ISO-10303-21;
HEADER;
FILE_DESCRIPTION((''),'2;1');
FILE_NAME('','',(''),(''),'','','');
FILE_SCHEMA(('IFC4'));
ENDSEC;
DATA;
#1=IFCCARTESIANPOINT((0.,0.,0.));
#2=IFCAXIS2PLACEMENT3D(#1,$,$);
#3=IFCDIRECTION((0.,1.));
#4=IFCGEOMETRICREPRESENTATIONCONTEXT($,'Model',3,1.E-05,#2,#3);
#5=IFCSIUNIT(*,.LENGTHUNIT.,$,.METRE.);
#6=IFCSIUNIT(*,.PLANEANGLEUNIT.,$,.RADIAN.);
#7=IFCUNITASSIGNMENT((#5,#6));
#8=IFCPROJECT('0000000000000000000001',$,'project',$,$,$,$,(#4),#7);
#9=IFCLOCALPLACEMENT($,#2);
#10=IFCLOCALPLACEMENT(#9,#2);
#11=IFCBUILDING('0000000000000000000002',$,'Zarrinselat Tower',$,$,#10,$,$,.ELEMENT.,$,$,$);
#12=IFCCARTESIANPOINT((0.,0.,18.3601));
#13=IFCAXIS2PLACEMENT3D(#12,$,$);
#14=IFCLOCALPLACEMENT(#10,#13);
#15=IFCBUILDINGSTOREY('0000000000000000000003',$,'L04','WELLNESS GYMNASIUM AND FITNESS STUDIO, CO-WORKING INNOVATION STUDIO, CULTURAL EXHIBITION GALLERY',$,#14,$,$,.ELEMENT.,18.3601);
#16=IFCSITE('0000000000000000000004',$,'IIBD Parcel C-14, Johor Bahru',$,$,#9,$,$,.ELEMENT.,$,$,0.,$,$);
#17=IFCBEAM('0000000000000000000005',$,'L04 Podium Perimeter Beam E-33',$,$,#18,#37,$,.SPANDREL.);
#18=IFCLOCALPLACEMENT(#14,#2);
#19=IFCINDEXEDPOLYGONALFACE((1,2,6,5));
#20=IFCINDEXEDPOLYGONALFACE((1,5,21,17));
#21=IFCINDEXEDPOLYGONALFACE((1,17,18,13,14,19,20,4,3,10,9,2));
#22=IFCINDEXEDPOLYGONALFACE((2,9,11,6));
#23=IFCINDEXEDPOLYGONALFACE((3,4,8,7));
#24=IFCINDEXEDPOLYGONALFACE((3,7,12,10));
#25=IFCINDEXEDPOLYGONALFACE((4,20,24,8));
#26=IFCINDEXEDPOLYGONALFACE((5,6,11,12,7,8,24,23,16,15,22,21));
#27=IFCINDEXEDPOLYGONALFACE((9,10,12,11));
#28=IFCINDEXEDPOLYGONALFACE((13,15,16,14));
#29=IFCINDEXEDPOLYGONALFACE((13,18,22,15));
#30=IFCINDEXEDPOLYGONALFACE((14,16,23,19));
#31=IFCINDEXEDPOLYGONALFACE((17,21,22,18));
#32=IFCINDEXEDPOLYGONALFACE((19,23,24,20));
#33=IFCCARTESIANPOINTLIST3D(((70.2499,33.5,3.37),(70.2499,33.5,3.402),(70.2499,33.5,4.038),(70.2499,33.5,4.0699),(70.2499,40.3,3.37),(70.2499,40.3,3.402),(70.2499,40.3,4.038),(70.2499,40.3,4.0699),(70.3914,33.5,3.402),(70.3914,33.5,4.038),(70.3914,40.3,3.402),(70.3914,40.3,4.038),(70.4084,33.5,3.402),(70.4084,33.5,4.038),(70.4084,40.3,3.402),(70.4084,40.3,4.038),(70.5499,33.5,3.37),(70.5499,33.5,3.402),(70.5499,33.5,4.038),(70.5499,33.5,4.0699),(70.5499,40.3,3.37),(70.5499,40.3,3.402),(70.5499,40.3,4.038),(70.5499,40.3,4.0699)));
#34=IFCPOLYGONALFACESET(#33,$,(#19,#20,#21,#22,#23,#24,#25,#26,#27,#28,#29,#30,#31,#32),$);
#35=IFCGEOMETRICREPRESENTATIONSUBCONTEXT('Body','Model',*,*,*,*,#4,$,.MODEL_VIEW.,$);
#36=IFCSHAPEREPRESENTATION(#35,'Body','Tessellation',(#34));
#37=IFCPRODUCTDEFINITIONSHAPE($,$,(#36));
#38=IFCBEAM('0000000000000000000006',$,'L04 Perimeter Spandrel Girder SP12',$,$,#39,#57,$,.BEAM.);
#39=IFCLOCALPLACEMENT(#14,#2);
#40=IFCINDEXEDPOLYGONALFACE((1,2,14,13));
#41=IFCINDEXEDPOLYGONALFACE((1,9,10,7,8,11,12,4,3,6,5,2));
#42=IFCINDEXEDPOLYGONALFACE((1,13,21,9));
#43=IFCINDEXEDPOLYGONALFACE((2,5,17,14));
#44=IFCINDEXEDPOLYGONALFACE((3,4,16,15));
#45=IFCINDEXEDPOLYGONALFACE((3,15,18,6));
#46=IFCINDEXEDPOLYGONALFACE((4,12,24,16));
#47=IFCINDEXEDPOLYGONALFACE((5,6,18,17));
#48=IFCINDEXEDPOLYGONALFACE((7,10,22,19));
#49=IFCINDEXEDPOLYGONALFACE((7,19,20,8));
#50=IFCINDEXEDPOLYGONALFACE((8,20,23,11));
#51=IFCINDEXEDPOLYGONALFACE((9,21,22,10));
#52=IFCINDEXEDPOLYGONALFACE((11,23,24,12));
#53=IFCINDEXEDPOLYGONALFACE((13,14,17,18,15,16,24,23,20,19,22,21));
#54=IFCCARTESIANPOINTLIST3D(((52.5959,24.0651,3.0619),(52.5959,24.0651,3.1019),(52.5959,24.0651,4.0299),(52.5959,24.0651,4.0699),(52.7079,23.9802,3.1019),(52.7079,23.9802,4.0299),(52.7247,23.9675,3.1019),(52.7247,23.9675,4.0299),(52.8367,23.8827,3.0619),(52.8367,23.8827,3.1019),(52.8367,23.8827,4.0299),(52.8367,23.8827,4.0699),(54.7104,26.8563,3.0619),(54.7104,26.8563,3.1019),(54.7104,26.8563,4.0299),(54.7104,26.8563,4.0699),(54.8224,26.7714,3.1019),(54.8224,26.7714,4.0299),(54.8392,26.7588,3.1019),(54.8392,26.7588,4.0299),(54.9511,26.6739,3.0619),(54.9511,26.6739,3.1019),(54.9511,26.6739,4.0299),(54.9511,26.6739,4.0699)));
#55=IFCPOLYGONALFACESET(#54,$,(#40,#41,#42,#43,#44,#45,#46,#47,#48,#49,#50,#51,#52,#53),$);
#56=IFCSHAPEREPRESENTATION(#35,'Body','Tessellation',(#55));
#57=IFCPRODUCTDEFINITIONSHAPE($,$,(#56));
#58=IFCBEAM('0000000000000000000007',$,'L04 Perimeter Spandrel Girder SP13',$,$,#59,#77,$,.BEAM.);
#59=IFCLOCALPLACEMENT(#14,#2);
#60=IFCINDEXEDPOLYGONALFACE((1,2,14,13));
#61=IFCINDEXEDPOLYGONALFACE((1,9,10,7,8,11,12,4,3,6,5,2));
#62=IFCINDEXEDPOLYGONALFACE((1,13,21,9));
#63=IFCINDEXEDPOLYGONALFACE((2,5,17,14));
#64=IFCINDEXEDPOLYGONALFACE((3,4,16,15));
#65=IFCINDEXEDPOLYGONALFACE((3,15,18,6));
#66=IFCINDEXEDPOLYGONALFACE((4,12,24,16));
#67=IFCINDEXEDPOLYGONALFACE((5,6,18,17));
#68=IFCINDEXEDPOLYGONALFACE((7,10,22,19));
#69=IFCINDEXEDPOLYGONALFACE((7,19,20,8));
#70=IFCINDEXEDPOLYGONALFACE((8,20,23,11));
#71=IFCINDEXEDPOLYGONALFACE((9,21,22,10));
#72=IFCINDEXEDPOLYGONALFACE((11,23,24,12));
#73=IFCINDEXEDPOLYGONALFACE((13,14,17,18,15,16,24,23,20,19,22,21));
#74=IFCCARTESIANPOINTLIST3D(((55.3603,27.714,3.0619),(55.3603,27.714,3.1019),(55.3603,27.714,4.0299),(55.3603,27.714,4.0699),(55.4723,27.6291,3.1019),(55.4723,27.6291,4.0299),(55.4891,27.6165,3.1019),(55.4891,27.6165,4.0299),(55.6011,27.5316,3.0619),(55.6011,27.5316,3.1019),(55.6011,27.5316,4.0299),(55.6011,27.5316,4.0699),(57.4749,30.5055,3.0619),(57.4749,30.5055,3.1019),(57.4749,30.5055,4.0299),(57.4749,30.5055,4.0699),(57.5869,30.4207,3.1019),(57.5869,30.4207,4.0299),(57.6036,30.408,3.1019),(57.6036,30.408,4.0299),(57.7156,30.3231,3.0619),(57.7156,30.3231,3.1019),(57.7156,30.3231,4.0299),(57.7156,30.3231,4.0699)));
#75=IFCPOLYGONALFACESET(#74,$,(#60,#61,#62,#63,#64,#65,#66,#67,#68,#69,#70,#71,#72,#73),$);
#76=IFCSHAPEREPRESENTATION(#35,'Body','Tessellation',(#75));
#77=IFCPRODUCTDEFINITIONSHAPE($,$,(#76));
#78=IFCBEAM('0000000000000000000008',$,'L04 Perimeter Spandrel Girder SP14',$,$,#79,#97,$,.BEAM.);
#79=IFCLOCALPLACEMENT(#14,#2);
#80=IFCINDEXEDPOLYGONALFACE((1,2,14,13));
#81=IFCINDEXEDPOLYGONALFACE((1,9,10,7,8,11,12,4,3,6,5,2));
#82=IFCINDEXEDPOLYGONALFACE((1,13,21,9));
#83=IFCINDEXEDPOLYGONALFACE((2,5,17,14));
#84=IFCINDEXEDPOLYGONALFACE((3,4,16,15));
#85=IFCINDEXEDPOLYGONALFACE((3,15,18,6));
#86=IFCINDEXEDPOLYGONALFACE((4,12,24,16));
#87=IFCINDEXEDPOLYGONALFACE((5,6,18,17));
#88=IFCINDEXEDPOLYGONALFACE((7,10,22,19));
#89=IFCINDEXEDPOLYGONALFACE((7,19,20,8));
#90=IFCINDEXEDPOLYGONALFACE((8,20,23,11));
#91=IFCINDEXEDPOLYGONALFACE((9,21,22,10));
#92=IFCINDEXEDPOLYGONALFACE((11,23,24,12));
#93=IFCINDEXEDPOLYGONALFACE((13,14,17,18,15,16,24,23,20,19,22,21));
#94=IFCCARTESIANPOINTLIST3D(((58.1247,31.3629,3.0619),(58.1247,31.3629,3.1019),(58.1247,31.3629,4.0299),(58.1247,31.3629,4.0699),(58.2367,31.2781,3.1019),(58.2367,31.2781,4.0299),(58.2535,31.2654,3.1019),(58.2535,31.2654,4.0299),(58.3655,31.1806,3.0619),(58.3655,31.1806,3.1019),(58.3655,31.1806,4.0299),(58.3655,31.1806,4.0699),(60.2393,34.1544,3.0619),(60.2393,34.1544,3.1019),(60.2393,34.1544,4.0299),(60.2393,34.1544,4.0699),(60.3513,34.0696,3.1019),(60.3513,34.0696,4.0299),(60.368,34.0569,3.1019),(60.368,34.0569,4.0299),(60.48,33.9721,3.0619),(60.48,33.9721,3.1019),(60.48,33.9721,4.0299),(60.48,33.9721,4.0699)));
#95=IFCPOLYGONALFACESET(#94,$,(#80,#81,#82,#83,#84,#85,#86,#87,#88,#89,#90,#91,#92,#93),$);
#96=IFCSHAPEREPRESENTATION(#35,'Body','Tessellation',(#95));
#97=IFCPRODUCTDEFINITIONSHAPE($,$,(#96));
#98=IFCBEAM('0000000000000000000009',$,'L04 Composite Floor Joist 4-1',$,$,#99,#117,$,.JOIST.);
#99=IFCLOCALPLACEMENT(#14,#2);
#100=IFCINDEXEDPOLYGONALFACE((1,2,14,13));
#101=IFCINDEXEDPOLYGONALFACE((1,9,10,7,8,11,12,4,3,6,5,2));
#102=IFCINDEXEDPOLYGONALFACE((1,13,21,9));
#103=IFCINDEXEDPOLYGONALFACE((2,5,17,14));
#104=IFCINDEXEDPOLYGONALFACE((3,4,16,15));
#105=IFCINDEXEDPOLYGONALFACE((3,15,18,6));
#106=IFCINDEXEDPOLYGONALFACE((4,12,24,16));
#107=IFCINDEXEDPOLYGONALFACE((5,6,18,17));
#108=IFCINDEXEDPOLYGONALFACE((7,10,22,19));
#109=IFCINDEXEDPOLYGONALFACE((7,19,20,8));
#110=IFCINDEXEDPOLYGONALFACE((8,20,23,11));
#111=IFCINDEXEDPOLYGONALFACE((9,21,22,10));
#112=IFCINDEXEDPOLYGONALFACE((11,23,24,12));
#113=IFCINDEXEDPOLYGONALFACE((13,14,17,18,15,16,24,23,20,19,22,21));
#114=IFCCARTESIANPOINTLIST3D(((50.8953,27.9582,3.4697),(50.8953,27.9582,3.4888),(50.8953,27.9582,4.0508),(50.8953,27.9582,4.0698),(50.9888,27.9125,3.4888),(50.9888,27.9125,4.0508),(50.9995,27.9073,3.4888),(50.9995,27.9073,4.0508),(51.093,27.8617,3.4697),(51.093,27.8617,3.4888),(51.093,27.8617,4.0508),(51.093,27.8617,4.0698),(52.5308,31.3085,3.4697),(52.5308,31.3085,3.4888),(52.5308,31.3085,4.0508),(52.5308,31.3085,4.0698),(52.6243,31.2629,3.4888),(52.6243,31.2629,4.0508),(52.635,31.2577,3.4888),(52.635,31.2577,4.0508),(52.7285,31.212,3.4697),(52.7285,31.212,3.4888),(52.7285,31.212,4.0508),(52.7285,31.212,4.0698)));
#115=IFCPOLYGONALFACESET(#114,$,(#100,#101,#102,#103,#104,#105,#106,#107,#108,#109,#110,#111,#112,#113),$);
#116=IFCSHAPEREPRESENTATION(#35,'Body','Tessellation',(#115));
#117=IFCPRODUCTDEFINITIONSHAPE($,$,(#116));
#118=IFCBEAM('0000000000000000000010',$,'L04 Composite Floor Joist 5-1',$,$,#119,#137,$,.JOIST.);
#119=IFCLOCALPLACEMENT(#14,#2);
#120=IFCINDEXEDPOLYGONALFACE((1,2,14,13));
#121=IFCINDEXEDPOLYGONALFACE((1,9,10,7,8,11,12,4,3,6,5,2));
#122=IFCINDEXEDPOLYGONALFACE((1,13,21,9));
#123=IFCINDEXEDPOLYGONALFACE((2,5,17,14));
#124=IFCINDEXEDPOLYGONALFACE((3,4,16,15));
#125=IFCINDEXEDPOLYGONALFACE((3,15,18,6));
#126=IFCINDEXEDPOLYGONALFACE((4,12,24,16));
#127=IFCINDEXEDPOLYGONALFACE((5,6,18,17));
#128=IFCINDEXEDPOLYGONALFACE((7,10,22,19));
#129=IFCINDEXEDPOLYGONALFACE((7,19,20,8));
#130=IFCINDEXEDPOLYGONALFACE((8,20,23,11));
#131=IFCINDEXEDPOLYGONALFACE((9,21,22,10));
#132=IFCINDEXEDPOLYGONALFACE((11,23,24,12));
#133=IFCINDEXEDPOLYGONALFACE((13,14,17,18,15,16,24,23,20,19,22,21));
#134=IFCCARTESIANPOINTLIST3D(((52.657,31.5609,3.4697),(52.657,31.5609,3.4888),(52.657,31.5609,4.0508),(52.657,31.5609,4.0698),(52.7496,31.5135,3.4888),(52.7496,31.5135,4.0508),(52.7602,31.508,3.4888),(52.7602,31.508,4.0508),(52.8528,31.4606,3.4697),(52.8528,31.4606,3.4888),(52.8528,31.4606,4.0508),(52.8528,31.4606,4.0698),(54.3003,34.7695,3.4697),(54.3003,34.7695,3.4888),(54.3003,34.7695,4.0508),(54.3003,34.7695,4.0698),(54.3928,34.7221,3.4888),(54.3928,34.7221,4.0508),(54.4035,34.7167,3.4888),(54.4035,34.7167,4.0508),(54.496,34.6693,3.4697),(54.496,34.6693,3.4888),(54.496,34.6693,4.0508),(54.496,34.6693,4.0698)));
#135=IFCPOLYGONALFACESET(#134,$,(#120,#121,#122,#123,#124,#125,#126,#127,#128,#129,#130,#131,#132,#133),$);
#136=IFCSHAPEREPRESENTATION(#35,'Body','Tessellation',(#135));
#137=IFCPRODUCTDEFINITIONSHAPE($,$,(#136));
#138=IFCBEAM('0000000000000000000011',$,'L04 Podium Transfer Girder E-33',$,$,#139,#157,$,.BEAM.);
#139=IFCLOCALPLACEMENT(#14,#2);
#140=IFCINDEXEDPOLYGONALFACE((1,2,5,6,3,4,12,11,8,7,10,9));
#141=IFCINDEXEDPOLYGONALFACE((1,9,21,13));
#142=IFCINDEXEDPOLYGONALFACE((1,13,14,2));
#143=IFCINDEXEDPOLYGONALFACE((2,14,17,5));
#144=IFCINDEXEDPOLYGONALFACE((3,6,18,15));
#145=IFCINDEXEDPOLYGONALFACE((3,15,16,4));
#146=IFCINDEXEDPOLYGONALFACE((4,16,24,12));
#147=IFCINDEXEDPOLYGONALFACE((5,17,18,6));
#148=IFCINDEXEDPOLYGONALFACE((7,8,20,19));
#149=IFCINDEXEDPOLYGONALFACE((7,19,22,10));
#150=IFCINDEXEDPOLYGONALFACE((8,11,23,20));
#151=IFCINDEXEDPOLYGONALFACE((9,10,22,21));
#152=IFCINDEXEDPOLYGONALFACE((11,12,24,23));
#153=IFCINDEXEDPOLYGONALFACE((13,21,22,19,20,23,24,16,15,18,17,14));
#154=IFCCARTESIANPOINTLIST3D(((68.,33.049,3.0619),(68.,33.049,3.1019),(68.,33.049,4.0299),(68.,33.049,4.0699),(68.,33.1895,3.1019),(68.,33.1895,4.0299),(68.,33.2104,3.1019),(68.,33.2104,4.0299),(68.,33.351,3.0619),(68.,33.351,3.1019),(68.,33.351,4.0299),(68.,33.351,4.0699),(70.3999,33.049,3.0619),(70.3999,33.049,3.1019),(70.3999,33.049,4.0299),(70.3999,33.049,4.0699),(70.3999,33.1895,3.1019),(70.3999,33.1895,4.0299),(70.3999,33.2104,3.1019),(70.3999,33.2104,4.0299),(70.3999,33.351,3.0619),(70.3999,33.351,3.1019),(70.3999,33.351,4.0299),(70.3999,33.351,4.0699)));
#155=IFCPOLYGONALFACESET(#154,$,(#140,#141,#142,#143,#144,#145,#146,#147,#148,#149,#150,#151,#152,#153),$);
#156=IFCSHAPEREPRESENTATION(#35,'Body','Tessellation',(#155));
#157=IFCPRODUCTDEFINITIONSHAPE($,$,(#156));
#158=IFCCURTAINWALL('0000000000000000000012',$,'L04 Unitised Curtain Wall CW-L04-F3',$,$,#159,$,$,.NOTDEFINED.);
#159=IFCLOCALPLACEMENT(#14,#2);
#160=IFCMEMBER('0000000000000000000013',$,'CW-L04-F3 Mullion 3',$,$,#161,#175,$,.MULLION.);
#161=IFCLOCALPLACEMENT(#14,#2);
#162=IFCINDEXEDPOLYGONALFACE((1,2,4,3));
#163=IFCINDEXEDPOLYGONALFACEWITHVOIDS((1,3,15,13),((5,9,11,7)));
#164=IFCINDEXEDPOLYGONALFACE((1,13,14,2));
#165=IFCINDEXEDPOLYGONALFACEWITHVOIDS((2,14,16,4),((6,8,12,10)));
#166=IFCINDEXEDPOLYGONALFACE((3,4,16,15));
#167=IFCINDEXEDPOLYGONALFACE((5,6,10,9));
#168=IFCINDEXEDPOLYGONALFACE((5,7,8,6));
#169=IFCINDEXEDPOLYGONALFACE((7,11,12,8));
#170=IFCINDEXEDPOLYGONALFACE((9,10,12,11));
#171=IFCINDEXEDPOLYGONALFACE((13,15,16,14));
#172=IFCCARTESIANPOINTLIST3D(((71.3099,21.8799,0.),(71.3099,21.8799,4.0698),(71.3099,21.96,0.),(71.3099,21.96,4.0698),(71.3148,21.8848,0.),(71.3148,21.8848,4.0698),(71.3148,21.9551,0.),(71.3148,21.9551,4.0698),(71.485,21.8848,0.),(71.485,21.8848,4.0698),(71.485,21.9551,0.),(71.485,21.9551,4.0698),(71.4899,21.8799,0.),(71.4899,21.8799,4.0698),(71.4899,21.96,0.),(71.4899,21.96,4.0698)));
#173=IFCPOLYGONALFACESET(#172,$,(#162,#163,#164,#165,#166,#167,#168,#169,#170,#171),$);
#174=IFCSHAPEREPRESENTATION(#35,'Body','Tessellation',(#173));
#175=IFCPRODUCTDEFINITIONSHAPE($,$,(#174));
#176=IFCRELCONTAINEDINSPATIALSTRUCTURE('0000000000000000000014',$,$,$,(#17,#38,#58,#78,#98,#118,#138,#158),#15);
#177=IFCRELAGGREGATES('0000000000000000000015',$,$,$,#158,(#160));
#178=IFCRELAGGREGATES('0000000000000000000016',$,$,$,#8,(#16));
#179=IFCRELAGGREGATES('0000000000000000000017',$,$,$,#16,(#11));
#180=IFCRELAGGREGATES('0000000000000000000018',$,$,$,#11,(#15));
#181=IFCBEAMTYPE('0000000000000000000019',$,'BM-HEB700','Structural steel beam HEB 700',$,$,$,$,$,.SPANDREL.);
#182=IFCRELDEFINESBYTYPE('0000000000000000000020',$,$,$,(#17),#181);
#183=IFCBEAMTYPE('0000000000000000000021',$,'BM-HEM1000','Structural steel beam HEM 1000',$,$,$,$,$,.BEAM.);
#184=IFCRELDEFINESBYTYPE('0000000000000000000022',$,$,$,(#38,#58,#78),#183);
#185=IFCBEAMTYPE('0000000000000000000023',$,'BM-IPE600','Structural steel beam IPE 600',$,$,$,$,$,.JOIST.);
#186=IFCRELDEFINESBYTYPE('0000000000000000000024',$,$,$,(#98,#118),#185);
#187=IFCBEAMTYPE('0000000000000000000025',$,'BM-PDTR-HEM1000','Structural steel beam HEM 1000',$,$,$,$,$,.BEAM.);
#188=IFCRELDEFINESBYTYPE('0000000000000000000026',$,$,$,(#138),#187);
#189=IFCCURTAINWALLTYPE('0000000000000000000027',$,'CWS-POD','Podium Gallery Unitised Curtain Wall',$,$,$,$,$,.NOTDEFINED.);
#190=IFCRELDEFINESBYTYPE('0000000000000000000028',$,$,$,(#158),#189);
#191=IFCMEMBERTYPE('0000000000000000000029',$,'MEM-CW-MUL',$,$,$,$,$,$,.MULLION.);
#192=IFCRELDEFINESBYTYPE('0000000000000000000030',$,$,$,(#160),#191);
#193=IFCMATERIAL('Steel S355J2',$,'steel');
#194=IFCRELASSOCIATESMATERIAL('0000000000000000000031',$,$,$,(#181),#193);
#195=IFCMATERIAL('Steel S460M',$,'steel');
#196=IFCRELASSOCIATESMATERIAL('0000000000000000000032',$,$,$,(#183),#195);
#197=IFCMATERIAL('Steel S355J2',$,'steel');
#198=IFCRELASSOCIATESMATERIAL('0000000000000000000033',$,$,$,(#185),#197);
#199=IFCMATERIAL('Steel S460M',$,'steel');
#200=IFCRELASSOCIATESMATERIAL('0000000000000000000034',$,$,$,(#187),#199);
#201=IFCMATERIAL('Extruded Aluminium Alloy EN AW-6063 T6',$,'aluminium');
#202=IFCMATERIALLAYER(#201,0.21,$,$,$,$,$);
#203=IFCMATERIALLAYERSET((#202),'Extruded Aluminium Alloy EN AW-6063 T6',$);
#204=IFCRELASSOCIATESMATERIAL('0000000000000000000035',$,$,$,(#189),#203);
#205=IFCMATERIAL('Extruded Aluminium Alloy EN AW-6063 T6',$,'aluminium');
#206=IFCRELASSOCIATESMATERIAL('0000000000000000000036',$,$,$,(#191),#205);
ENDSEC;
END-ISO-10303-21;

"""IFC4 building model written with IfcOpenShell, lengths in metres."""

from ifc_helpers import new_model, si_unit, direction, frame, origin, origin_2d, place, context, subcontext, project, spatial, hollow_rectangle, i_section, extrude, material, layer, layer_set, material_profile, profile_set, type_object, element, aggregate, save


model = new_model("IFC4")

# Units and contexts
model_context = context("Model", 3, precision=1e-05, world=origin(), true_north=direction((0.0, 1.0)))
body_context = subcontext(model_context, "Body", "Model", "MODEL_VIEW")
ifc_project = project(units=[si_unit("LENGTHUNIT", "METRE"), si_unit("PLANEANGLEUNIT", "RADIAN")], contexts=[model_context])

# Site, building, storey
site_placement = place(None, origin())
site = spatial("IfcSite", under=ifc_project, at=site_placement, Name="IIBD Parcel C-14, Johor Bahru", CompositionType="ELEMENT", RefElevation=0.0)
building_placement = place(site_placement, origin())
building = spatial("IfcBuilding", under=site, at=building_placement, Name="Zarrinselat Tower", CompositionType="ELEMENT")
storey_placement = place(building_placement, frame((0.0, 0.0, 18.3601)))
storey = spatial("IfcBuildingStorey", under=building, at=storey_placement, Name="L04", Description="WELLNESS GYMNASIUM AND FITNESS STUDIO, CO-WORKING INNOVATION STUDIO, CULTURAL EXHIBITION GALLERY", CompositionType="ELEMENT", Elevation=18.3601)

# Beams
ifc_material_1 = material(Name="Steel S355J2", Category="steel")
ifc_material_profile_1 = material_profile(ifc_material_1, i_section(OverallWidth=0.3, OverallDepth=0.7, WebThickness=0.0171, FlangeThickness=0.032, at=origin_2d()), Name="HEB 700")
ifc_profile_set_1 = profile_set([ifc_material_profile_1], Name="Steel S355J2")
beam_type_1 = type_object("IfcBeamType", Name="BM-HEB700", Description="Structural steel beam HEB 700", PredefinedType="SPANDREL", material=ifc_profile_set_1)
beam_1_placement = place(storey_placement, frame((70.3999, 33.5, 3.72), z_axis=(0.0, 1.0, 0.0), x_axis=(-1.0, 0.0, 0.0)))
element("IfcBeam", 1, at=beam_1_placement, inside=storey, type_object=beam_type_1, Name="L04 Podium Perimeter Beam E-33", PredefinedType="SPANDREL", context=body_context, shape_type="SweptSolid", body=[
    extrude(i_section(OverallWidth=0.3, OverallDepth=0.7, WebThickness=0.0171, FlangeThickness=0.032, at=origin_2d()), origin(), (0.0, 0.0, 1.0), 6.8),
])
ifc_material_2 = material(Name="Steel S460M", Category="steel")
ifc_material_profile_2 = material_profile(ifc_material_2, i_section(OverallWidth=0.302, OverallDepth=1.0081, WebThickness=0.021, FlangeThickness=0.04, at=origin_2d()), Name="HEM 1000")
ifc_profile_set_2 = profile_set([ifc_material_profile_2], Name="Steel S460M")
beam_type_2 = type_object("IfcBeamType", Name="BM-HEM1000", Description="Structural steel beam HEM 1000", PredefinedType="BEAM", material=ifc_profile_set_2)
beam_2_placement = place(storey_placement, frame((52.7163, 23.9739, 3.5659), z_axis=(0.603842, 0.797104, 0.0), x_axis=(-0.797104, 0.603842, 0.0)))
element("IfcBeam", 2, at=beam_2_placement, inside=storey, type_object=beam_type_2, Name="L04 Perimeter Spandrel Girder SP12", PredefinedType="BEAM", context=body_context, shape_type="SweptSolid", body=[
    extrude(i_section(OverallWidth=0.302, OverallDepth=1.0081, WebThickness=0.021, FlangeThickness=0.04, at=origin_2d()), origin(), (0.0, 0.0, 1.0), 3.5017),
])
for number, where, z_axis, x_axis, name in (
    (3, (55.4807, 27.6228, 3.5659), (0.603808, 0.79713, 0.0), (-0.79713, 0.603808, 0.0), "L04 Perimeter Spandrel Girder SP13"),
    (4, (58.2451, 31.2717, 3.5659), (0.603808, 0.79713, 0.0), (-0.79713, 0.603808, 0.0), "L04 Perimeter Spandrel Girder SP14"),
):
    element("IfcBeam", number, at=place(storey_placement, frame(where, z_axis=z_axis, x_axis=x_axis)), inside=storey, type_object=beam_type_2, Name=name, PredefinedType="BEAM", context=body_context, shape_type="SweptSolid", body=[
        extrude(i_section(OverallWidth=0.302, OverallDepth=1.0081, WebThickness=0.021, FlangeThickness=0.04, at=origin_2d()), origin(), (0.0, 0.0, 1.0), 3.502),
    ])
ifc_material_3 = material(Name="Steel S355J2", Category="steel")
ifc_material_profile_3 = material_profile(ifc_material_3, i_section(OverallWidth=0.22, OverallDepth=0.6001, WebThickness=0.012, FlangeThickness=0.019, at=origin_2d()), Name="IPE 600")
ifc_profile_set_3 = profile_set([ifc_material_profile_3], Name="Steel S355J2")
beam_type_3 = type_object("IfcBeamType", Name="BM-IPE600", Description="Structural steel beam IPE 600", PredefinedType="JOIST", material=ifc_profile_set_3)
beam_3_placement = place(storey_placement, frame((50.9941, 27.9099, 3.7698), z_axis=(0.43868, 0.898643, 0.0), x_axis=(-0.898643, 0.43868, 0.0)))
element("IfcBeam", 5, at=beam_3_placement, inside=storey, type_object=beam_type_3, Name="L04 Composite Floor Joist 4-1", PredefinedType="JOIST", context=body_context, shape_type="SweptSolid", body=[
    extrude(i_section(OverallWidth=0.22, OverallDepth=0.6001, WebThickness=0.012, FlangeThickness=0.019, at=origin_2d()), origin(), (0.0, 0.0, 1.0), 3.7283),
])
beam_4_placement = place(storey_placement, frame((52.7549, 31.5107, 3.7698), z_axis=(0.455834, 0.890065, 0.0), x_axis=(-0.890065, 0.455834, 0.0)))
element("IfcBeam", 6, at=beam_4_placement, inside=storey, type_object=beam_type_3, Name="L04 Composite Floor Joist 5-1", PredefinedType="JOIST", context=body_context, shape_type="SweptSolid", body=[
    extrude(i_section(OverallWidth=0.22, OverallDepth=0.6001, WebThickness=0.012, FlangeThickness=0.019, at=origin_2d()), origin(), (0.0, 0.0, 1.0), 3.605),
])
ifc_material_4 = material(Name="Steel S460M", Category="steel")
ifc_material_profile_4 = material_profile(ifc_material_4, i_section(OverallWidth=0.302, OverallDepth=1.0081, WebThickness=0.021, FlangeThickness=0.04, at=origin_2d()), Name="HEM 1000")
ifc_profile_set_4 = profile_set([ifc_material_profile_4], Name="Steel S460M")
beam_type_4 = type_object("IfcBeamType", Name="BM-PDTR-HEM1000", Description="Structural steel beam HEM 1000", PredefinedType="BEAM", material=ifc_profile_set_4)
beam_5_placement = place(storey_placement, frame((68.0, 33.2, 3.5659), z_axis=(1.0, 0.0, 0.0), x_axis=(0.0, 1.0, 0.0)))
element("IfcBeam", 7, at=beam_5_placement, inside=storey, type_object=beam_type_4, Name="L04 Podium Transfer Girder E-33", PredefinedType="BEAM", context=body_context, shape_type="SweptSolid", body=[
    extrude(i_section(OverallWidth=0.302, OverallDepth=1.0081, WebThickness=0.021, FlangeThickness=0.04, at=origin_2d()), origin(), (0.0, 0.0, 1.0), 2.3999),
])

# Curtain wall, member
ifc_material_5 = material(Name="Extruded Aluminium Alloy EN AW-6063 T6", Category="aluminium")
ifc_layer_1 = layer(ifc_material_5, 0.21)
ifc_layer_set_1 = layer_set([ifc_layer_1], Name="Extruded Aluminium Alloy EN AW-6063 T6")
curtain_wall_type = type_object("IfcCurtainWallType", Name="CWS-POD", Description="Podium Gallery Unitised Curtain Wall", PredefinedType="NOTDEFINED", material=ifc_layer_set_1)
curtain_wall_placement = place(storey_placement, origin())
curtain_wall = element("IfcCurtainWall", 8, at=curtain_wall_placement, inside=storey, type_object=curtain_wall_type, Name="L04 Unitised Curtain Wall CW-L04-F3", PredefinedType="NOTDEFINED")
ifc_material_6 = material(Name="Extruded Aluminium Alloy EN AW-6063 T6", Category="aluminium")
ifc_material_profile_5 = material_profile(ifc_material_6, hollow_rectangle(XDim=0.0801, YDim=0.1799, WallThickness=0.0049, at=origin_2d()), Name="RHS 180x80x5")
ifc_profile_set_5 = profile_set([ifc_material_profile_5], Name="Extruded Aluminium Alloy EN AW-6063 T6")
member_type = type_object("IfcMemberType", Name="MEM-CW-MUL", PredefinedType="MULLION", material=ifc_profile_set_5)
member_1_placement = place(storey_placement, frame((71.3999, 21.9199, 0.0), z_axis=(0.0, 0.0, 1.0), x_axis=(0.0, 1.0, 0.0)))
member_1 = element("IfcMember", 9, at=member_1_placement, type_object=member_type, Name="CW-L04-F3 Mullion 3", PredefinedType="MULLION", context=body_context, shape_type="SweptSolid", body=[
    extrude(hollow_rectangle(XDim=0.0801, YDim=0.1799, WallThickness=0.0049, at=origin_2d()), origin(), (0.0, 0.0, 1.0), 4.0698),
])
aggregate(curtain_wall, [member_1])

save(model, "model.ifc")
